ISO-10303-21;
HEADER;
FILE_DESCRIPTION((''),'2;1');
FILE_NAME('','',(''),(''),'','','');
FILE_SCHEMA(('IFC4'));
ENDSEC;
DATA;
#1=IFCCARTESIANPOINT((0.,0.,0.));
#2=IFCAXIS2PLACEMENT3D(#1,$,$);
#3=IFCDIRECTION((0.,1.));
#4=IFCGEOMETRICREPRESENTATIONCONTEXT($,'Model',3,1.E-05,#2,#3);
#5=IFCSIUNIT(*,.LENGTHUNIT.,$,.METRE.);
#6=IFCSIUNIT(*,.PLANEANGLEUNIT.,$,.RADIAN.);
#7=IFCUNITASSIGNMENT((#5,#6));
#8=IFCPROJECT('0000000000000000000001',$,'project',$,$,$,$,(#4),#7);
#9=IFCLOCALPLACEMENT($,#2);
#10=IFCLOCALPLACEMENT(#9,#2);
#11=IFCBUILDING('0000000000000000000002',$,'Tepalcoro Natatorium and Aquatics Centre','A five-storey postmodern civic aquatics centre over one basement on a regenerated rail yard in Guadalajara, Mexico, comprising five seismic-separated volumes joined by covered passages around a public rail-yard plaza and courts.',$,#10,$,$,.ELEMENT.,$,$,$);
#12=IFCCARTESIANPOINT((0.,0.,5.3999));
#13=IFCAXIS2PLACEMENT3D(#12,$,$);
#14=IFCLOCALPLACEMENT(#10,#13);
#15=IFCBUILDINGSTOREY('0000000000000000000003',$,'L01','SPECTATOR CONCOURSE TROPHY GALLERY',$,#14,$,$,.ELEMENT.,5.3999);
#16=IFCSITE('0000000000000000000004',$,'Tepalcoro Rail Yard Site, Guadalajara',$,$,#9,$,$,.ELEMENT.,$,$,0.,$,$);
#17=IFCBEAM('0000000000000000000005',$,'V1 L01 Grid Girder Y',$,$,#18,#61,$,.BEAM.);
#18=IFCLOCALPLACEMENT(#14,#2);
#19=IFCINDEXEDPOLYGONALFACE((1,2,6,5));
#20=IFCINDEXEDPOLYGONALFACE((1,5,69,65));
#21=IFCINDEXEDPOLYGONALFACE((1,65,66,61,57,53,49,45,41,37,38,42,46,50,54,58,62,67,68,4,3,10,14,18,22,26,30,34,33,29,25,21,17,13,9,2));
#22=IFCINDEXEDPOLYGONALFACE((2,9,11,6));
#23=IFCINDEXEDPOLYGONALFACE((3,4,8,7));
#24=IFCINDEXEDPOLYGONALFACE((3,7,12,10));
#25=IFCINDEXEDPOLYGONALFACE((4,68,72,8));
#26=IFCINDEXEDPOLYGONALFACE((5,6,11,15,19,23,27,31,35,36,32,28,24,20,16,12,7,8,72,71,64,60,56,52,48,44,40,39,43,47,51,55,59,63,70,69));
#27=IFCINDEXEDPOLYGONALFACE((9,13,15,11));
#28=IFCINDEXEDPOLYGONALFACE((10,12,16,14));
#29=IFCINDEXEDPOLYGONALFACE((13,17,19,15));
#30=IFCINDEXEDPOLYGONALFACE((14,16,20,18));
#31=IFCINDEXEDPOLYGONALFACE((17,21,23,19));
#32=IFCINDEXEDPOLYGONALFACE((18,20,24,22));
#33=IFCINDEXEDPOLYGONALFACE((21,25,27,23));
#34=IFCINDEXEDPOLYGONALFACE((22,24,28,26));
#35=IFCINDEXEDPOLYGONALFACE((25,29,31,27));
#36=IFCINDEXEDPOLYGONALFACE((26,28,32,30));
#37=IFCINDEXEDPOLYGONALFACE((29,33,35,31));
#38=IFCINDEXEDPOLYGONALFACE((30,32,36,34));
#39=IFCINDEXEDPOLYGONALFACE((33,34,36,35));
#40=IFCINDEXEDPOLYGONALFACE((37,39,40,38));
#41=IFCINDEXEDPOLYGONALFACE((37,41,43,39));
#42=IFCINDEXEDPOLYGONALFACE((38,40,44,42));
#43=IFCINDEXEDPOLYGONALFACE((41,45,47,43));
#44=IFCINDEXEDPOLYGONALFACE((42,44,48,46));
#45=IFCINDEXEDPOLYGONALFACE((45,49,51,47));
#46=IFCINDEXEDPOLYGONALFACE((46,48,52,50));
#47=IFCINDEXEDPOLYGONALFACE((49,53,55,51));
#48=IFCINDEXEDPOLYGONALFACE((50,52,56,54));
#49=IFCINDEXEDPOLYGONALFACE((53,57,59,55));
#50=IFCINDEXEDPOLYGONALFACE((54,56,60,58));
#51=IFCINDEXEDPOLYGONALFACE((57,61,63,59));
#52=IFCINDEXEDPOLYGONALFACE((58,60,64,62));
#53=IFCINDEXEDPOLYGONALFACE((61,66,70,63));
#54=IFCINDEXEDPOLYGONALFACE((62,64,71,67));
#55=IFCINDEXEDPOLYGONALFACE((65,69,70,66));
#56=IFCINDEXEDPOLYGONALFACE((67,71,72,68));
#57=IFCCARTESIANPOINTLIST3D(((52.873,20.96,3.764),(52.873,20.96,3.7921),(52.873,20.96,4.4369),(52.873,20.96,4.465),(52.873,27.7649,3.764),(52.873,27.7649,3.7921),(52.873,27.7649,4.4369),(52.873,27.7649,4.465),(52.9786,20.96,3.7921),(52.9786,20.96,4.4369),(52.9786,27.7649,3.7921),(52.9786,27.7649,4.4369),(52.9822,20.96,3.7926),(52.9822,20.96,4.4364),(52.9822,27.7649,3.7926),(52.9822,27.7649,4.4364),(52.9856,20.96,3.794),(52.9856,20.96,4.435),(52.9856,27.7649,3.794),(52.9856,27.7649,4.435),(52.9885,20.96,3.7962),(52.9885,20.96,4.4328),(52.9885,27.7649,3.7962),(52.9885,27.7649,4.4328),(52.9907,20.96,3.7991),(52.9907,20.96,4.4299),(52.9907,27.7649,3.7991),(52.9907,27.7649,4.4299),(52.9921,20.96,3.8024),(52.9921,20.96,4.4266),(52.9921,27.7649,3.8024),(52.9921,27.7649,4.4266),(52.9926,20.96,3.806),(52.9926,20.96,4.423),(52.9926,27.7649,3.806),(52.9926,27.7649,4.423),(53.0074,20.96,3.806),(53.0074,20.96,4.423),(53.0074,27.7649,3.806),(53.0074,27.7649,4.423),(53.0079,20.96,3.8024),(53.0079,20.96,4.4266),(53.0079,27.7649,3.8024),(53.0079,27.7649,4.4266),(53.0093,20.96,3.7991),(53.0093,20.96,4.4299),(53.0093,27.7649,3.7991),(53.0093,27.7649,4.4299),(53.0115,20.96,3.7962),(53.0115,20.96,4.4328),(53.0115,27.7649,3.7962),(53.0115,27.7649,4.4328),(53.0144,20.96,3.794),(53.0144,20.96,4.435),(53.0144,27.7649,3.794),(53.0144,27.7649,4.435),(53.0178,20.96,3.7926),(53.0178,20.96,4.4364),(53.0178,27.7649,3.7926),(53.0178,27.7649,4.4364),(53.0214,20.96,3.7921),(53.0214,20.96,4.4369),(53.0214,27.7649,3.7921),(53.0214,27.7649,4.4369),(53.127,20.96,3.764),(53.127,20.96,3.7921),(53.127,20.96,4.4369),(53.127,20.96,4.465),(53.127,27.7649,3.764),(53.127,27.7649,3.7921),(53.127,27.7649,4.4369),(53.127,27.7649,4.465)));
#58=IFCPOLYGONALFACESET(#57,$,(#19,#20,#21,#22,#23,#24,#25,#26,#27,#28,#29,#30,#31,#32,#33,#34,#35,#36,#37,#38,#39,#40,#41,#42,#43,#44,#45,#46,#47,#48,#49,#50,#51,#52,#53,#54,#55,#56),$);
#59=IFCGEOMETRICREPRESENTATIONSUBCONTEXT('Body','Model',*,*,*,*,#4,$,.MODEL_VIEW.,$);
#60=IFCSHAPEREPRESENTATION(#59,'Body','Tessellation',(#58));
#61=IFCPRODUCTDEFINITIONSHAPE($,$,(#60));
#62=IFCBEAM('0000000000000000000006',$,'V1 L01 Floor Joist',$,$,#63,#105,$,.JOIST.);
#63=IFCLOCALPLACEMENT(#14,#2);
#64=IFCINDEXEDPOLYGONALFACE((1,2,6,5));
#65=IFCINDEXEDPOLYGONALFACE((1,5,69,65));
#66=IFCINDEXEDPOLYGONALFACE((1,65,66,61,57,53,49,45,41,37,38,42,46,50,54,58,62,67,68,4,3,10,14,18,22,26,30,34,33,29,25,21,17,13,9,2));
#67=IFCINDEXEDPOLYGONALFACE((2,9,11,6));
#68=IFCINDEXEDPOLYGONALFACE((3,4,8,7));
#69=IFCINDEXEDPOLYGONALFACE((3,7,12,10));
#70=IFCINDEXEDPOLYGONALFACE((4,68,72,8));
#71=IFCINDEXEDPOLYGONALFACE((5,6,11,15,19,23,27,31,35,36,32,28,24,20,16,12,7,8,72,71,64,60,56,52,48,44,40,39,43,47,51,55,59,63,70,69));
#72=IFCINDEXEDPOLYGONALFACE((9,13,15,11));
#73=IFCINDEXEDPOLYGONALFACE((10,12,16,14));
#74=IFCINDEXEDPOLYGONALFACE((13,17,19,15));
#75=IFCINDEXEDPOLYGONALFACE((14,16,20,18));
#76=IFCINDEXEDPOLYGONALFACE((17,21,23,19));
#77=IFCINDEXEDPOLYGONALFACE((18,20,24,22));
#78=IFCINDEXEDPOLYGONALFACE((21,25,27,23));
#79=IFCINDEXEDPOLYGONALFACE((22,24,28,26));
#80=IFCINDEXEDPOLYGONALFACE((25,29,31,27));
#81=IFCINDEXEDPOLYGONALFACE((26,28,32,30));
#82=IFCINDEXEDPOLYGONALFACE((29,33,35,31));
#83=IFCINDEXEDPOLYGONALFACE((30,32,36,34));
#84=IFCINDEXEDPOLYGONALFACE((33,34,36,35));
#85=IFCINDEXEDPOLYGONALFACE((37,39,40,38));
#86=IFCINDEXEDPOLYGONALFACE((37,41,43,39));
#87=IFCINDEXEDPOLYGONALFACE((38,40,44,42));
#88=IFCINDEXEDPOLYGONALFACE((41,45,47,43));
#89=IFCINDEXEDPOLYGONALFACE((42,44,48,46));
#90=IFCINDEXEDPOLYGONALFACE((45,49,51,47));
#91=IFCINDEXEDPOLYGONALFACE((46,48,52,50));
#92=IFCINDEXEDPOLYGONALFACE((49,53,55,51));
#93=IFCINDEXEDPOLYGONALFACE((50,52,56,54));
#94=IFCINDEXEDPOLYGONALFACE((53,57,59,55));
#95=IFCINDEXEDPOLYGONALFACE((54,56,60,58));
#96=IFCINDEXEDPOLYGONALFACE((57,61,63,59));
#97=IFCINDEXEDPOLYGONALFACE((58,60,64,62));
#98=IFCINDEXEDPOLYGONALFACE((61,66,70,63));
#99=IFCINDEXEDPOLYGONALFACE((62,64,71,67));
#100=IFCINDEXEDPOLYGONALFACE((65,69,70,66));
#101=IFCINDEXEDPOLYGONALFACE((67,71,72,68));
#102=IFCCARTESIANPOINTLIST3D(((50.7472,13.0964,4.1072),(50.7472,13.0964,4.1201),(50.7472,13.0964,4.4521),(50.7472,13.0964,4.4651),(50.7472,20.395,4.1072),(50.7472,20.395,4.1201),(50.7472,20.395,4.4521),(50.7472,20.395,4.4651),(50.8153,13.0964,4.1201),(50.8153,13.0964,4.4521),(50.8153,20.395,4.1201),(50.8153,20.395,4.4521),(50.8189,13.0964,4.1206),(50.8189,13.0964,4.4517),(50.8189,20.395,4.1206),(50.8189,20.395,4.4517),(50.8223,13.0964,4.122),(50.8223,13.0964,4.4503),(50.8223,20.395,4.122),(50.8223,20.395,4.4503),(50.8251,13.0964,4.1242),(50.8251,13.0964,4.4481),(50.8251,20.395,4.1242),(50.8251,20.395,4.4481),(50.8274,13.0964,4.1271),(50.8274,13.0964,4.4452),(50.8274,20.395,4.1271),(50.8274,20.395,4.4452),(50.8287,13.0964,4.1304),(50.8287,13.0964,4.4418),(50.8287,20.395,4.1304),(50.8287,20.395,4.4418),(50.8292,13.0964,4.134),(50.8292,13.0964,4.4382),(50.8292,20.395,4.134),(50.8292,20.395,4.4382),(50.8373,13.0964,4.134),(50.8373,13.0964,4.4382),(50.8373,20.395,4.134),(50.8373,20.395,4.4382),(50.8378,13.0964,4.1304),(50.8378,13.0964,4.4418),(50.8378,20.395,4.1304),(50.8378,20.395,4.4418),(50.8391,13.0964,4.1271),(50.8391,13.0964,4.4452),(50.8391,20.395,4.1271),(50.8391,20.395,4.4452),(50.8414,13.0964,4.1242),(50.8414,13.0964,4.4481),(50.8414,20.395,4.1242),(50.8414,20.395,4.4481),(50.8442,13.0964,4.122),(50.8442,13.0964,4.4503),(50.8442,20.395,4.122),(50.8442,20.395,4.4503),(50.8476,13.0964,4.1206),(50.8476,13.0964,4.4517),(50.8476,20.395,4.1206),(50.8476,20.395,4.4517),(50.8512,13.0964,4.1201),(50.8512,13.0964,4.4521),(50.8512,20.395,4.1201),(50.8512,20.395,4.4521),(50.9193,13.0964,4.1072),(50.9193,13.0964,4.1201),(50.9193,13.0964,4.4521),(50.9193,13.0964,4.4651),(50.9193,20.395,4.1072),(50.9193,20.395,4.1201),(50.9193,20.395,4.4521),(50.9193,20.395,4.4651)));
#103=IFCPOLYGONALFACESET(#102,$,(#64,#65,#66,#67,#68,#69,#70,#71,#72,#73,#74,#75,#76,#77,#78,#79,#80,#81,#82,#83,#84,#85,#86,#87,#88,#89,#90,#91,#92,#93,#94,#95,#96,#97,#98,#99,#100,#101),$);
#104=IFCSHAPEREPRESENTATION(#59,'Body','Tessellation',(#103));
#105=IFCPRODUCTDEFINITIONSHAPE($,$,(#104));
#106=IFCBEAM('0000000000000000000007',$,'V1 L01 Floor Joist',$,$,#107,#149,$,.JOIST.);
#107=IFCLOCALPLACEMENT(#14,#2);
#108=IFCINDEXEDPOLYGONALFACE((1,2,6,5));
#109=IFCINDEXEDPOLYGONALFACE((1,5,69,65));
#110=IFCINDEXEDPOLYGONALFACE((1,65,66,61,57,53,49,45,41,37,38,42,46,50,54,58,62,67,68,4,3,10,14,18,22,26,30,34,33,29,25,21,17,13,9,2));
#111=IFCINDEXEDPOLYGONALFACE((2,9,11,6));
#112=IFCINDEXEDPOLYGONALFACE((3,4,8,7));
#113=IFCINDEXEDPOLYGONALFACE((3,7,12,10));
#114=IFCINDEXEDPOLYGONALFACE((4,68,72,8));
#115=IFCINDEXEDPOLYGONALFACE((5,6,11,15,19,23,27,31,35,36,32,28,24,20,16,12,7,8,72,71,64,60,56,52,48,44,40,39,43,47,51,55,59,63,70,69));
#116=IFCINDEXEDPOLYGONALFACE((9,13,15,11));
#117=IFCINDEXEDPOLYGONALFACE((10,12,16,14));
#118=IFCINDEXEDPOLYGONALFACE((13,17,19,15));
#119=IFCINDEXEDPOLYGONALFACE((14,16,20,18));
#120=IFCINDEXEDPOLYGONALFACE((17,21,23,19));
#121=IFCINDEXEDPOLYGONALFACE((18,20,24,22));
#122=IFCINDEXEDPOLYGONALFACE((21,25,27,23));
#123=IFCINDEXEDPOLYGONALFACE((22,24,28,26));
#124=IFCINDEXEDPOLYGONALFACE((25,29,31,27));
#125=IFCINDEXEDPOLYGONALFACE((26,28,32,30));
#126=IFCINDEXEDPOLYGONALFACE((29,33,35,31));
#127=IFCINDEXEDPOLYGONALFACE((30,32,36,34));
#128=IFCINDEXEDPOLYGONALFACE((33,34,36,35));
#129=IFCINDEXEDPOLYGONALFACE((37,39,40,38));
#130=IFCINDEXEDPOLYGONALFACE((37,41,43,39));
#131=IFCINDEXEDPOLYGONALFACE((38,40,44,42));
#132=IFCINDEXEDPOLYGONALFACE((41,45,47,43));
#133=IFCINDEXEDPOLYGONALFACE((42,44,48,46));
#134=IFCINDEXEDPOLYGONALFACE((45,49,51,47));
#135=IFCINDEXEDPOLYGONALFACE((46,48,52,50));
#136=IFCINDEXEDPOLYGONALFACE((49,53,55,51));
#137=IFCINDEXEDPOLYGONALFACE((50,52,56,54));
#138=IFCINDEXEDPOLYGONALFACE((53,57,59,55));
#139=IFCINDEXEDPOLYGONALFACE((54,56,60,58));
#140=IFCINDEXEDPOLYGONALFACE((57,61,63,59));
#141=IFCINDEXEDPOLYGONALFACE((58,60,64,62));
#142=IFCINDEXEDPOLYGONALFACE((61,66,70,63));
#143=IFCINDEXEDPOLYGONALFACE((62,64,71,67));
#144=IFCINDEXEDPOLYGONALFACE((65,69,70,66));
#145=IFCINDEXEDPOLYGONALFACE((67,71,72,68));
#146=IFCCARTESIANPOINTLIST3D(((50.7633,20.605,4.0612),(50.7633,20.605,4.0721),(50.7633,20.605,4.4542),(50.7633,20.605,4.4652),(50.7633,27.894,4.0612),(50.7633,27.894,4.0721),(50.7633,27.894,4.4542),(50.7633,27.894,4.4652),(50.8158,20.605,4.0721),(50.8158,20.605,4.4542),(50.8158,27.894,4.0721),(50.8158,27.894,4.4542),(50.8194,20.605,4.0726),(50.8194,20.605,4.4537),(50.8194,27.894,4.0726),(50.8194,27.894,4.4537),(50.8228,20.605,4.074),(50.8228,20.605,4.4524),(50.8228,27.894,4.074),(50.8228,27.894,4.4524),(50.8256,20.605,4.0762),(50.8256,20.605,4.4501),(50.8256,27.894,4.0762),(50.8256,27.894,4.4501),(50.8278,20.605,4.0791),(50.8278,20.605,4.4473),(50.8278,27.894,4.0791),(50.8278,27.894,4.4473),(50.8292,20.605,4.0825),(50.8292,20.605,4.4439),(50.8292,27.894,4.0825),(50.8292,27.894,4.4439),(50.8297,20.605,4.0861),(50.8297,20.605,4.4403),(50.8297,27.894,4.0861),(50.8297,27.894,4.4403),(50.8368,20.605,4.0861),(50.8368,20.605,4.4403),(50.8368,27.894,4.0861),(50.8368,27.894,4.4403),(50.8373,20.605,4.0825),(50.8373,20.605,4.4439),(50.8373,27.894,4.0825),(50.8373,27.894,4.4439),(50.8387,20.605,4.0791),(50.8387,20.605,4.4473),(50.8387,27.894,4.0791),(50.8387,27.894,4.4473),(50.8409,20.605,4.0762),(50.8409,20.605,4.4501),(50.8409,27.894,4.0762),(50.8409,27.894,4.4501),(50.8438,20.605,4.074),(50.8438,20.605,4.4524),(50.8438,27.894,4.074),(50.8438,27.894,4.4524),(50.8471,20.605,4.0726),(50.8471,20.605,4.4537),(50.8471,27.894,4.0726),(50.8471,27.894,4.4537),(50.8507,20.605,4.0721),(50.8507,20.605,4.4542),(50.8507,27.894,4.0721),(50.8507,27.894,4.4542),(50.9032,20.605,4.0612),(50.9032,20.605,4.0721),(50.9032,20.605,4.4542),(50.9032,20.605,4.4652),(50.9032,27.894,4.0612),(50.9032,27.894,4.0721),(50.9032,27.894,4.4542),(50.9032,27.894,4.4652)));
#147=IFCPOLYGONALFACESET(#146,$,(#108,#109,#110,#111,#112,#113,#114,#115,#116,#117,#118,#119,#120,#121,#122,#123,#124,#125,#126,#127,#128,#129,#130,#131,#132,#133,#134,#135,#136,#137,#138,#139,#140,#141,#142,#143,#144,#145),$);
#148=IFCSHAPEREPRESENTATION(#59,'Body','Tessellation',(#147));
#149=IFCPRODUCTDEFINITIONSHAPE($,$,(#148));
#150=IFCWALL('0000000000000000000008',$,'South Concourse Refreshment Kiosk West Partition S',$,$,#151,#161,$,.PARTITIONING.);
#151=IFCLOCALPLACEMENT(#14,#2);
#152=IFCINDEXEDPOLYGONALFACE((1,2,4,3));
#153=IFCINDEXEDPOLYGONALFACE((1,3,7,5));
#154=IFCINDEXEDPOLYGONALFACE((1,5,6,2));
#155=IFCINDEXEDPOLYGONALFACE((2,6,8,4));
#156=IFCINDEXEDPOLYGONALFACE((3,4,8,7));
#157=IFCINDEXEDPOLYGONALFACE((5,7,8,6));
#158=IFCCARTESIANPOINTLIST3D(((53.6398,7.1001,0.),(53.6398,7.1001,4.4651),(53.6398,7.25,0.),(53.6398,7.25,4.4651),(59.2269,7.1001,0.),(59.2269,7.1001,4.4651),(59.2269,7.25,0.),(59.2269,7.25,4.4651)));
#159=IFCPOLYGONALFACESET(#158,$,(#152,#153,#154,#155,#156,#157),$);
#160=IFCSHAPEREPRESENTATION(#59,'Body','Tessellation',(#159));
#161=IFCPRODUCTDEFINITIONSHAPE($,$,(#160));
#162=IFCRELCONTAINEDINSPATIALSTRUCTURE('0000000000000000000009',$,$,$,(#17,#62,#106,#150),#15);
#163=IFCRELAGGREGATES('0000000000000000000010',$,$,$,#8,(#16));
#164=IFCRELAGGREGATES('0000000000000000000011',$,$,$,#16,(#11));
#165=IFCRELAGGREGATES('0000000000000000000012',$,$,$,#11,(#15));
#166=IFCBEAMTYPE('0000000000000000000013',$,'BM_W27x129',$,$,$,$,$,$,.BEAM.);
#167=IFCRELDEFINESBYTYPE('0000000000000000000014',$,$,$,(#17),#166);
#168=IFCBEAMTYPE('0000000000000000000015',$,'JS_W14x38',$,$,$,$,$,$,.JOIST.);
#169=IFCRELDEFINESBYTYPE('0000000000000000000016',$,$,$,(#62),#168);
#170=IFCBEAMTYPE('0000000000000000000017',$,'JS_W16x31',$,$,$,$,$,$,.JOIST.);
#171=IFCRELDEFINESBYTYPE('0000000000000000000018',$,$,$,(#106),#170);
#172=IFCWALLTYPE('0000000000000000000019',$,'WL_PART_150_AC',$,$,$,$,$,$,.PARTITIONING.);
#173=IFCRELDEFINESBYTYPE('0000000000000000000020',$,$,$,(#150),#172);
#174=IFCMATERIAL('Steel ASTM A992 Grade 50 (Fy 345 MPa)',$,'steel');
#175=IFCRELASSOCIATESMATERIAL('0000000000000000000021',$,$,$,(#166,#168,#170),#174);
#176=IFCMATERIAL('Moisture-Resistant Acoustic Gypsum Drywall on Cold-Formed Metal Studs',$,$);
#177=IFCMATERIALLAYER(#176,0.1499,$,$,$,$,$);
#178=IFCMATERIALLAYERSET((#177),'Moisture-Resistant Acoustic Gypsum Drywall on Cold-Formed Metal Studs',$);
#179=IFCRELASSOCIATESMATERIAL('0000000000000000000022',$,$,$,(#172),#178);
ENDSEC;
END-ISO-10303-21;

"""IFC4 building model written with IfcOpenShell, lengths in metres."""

from ifc_helpers import new_model, si_unit, direction, frame, frame_2d, origin, origin_2d, place, context, subcontext, project, spatial, rectangle, i_section, extrude, material, layer, layer_set, material_profile, profile_set, type_object, element, save


model = new_model("IFC4")

# Units and contexts
model_context = context("Model", 3, precision=1e-05, world=origin(), true_north=direction((0.0, 1.0)))
body_context = subcontext(model_context, "Body", "Model", "MODEL_VIEW")
ifc_project = project(units=[si_unit("LENGTHUNIT", "METRE"), si_unit("PLANEANGLEUNIT", "RADIAN")], contexts=[model_context])

# Site, building, storey
site_placement = place(None, origin())
site = spatial("IfcSite", under=ifc_project, at=site_placement, Name="Tepalcoro Rail Yard Site, Guadalajara", CompositionType="ELEMENT", RefElevation=0.0)
building_placement = place(site_placement, origin())
building = spatial("IfcBuilding", under=site, at=building_placement, Name="Tepalcoro Natatorium and Aquatics Centre", Description="A five-storey postmodern civic aquatics centre over one basement on a regenerated rail yard in Guadalajara, Mexico, comprising five seismic-separated volumes joined by covered passages around a public rail-yard plaza and courts.", CompositionType="ELEMENT")
storey_placement = place(building_placement, frame((0.0, 0.0, 5.3999)))
storey = spatial("IfcBuildingStorey", under=building, at=storey_placement, Name="L01", Description="SPECTATOR CONCOURSE TROPHY GALLERY", CompositionType="ELEMENT", Elevation=5.3999)

# Beams
ifc_material_1 = material(Name="Steel ASTM A992 Grade 50 (Fy 345 MPa)", Category="steel")
ifc_material_profile_1 = material_profile(ifc_material_1, i_section(OverallWidth=0.2539, OverallDepth=0.7009, WebThickness=0.0149, FlangeThickness=0.0281, FilletRadius=0.0139, at=origin_2d()), Name="W27X129")
ifc_profile_set_1 = profile_set([ifc_material_profile_1], Name="Steel ASTM A992 Grade 50 (Fy 345 MPa)")
beam_type_1 = type_object("IfcBeamType", Name="BM_W27x129", PredefinedType="BEAM", material=ifc_profile_set_1)
beam_1_placement = place(storey_placement, frame((53.0, 20.96, 4.1145), z_axis=(0.0, 1.0, 0.0), x_axis=(-1.0, 0.0, 0.0)))
element("IfcBeam", 1, at=beam_1_placement, inside=storey, type_object=beam_type_1, Name="V1 L01 Grid Girder Y", PredefinedType="BEAM", context=body_context, shape_type="SweptSolid", body=[
    extrude(i_section(OverallWidth=0.2539, OverallDepth=0.7009, WebThickness=0.0149, FlangeThickness=0.0281, FilletRadius=0.0139, at=origin_2d()), origin(), (0.0, 0.0, 1.0), 6.8049),
])
ifc_material_profile_2 = material_profile(ifc_material_1, i_section(OverallWidth=0.1721, OverallDepth=0.3579, WebThickness=0.0081, FlangeThickness=0.0129, FilletRadius=0.0139, at=origin_2d()), Name="W14X38")
ifc_profile_set_2 = profile_set([ifc_material_profile_2], Name="Steel ASTM A992 Grade 50 (Fy 345 MPa)")
beam_type_2 = type_object("IfcBeamType", Name="JS_W14x38", PredefinedType="JOIST", material=ifc_profile_set_2)
beam_2_placement = place(storey_placement, frame((50.8333, 13.0964, 4.2861), z_axis=(0.0, 1.0, 0.0), x_axis=(-1.0, 0.0, 0.0)))
element("IfcBeam", 2, at=beam_2_placement, inside=storey, type_object=beam_type_2, Name="V1 L01 Floor Joist", PredefinedType="JOIST", context=body_context, shape_type="SweptSolid", body=[
    extrude(i_section(OverallWidth=0.1721, OverallDepth=0.3579, WebThickness=0.0081, FlangeThickness=0.0129, FilletRadius=0.0139, at=origin_2d()), origin(), (0.0, 0.0, 1.0), 7.2986),
])
ifc_material_profile_3 = material_profile(ifc_material_1, i_section(OverallWidth=0.1399, OverallDepth=0.4041, WebThickness=0.0071, FlangeThickness=0.011, FilletRadius=0.0139, at=origin_2d()), Name="W16X31")
ifc_profile_set_3 = profile_set([ifc_material_profile_3], Name="Steel ASTM A992 Grade 50 (Fy 345 MPa)")
beam_type_3 = type_object("IfcBeamType", Name="JS_W16x31", PredefinedType="JOIST", material=ifc_profile_set_3)
beam_3_placement = place(storey_placement, frame((50.8333, 20.605, 4.2632), z_axis=(0.0, 1.0, 0.0), x_axis=(-1.0, 0.0, 0.0)))
element("IfcBeam", 3, at=beam_3_placement, inside=storey, type_object=beam_type_3, Name="V1 L01 Floor Joist", PredefinedType="JOIST", context=body_context, shape_type="SweptSolid", body=[
    extrude(i_section(OverallWidth=0.1399, OverallDepth=0.4041, WebThickness=0.0071, FlangeThickness=0.011, FilletRadius=0.0139, at=origin_2d()), origin(), (0.0, 0.0, 1.0), 7.2891),
])

# Wall
ifc_material_2 = material(Name="Moisture-Resistant Acoustic Gypsum Drywall on Cold-Formed Metal Studs")
ifc_layer_1 = layer(ifc_material_2, 0.1499)
ifc_layer_set_1 = layer_set([ifc_layer_1], Name="Moisture-Resistant Acoustic Gypsum Drywall on Cold-Formed Metal Studs")
wall_type_1 = type_object("IfcWallType", Name="WL_PART_150_AC", PredefinedType="PARTITIONING", material=ifc_layer_set_1)
wall_1_placement = place(storey_placement, frame((53.6399, 7.175, 0.0), z_axis=(0.0, 0.0, 1.0), x_axis=(1.0, 0.0, 0.0)))
element("IfcWall", 4, at=wall_1_placement, inside=storey, type_object=wall_type_1, Name="South Concourse Refreshment Kiosk West Partition S", PredefinedType="PARTITIONING", context=body_context, shape_type="SweptSolid", body=[
    extrude(rectangle(XDim=5.5872, YDim=0.1499, at=frame_2d((2.7935, 0.0))), origin(), (0.0, 0.0, 1.0), 4.4651),
])

save(model, "model.ifc")
